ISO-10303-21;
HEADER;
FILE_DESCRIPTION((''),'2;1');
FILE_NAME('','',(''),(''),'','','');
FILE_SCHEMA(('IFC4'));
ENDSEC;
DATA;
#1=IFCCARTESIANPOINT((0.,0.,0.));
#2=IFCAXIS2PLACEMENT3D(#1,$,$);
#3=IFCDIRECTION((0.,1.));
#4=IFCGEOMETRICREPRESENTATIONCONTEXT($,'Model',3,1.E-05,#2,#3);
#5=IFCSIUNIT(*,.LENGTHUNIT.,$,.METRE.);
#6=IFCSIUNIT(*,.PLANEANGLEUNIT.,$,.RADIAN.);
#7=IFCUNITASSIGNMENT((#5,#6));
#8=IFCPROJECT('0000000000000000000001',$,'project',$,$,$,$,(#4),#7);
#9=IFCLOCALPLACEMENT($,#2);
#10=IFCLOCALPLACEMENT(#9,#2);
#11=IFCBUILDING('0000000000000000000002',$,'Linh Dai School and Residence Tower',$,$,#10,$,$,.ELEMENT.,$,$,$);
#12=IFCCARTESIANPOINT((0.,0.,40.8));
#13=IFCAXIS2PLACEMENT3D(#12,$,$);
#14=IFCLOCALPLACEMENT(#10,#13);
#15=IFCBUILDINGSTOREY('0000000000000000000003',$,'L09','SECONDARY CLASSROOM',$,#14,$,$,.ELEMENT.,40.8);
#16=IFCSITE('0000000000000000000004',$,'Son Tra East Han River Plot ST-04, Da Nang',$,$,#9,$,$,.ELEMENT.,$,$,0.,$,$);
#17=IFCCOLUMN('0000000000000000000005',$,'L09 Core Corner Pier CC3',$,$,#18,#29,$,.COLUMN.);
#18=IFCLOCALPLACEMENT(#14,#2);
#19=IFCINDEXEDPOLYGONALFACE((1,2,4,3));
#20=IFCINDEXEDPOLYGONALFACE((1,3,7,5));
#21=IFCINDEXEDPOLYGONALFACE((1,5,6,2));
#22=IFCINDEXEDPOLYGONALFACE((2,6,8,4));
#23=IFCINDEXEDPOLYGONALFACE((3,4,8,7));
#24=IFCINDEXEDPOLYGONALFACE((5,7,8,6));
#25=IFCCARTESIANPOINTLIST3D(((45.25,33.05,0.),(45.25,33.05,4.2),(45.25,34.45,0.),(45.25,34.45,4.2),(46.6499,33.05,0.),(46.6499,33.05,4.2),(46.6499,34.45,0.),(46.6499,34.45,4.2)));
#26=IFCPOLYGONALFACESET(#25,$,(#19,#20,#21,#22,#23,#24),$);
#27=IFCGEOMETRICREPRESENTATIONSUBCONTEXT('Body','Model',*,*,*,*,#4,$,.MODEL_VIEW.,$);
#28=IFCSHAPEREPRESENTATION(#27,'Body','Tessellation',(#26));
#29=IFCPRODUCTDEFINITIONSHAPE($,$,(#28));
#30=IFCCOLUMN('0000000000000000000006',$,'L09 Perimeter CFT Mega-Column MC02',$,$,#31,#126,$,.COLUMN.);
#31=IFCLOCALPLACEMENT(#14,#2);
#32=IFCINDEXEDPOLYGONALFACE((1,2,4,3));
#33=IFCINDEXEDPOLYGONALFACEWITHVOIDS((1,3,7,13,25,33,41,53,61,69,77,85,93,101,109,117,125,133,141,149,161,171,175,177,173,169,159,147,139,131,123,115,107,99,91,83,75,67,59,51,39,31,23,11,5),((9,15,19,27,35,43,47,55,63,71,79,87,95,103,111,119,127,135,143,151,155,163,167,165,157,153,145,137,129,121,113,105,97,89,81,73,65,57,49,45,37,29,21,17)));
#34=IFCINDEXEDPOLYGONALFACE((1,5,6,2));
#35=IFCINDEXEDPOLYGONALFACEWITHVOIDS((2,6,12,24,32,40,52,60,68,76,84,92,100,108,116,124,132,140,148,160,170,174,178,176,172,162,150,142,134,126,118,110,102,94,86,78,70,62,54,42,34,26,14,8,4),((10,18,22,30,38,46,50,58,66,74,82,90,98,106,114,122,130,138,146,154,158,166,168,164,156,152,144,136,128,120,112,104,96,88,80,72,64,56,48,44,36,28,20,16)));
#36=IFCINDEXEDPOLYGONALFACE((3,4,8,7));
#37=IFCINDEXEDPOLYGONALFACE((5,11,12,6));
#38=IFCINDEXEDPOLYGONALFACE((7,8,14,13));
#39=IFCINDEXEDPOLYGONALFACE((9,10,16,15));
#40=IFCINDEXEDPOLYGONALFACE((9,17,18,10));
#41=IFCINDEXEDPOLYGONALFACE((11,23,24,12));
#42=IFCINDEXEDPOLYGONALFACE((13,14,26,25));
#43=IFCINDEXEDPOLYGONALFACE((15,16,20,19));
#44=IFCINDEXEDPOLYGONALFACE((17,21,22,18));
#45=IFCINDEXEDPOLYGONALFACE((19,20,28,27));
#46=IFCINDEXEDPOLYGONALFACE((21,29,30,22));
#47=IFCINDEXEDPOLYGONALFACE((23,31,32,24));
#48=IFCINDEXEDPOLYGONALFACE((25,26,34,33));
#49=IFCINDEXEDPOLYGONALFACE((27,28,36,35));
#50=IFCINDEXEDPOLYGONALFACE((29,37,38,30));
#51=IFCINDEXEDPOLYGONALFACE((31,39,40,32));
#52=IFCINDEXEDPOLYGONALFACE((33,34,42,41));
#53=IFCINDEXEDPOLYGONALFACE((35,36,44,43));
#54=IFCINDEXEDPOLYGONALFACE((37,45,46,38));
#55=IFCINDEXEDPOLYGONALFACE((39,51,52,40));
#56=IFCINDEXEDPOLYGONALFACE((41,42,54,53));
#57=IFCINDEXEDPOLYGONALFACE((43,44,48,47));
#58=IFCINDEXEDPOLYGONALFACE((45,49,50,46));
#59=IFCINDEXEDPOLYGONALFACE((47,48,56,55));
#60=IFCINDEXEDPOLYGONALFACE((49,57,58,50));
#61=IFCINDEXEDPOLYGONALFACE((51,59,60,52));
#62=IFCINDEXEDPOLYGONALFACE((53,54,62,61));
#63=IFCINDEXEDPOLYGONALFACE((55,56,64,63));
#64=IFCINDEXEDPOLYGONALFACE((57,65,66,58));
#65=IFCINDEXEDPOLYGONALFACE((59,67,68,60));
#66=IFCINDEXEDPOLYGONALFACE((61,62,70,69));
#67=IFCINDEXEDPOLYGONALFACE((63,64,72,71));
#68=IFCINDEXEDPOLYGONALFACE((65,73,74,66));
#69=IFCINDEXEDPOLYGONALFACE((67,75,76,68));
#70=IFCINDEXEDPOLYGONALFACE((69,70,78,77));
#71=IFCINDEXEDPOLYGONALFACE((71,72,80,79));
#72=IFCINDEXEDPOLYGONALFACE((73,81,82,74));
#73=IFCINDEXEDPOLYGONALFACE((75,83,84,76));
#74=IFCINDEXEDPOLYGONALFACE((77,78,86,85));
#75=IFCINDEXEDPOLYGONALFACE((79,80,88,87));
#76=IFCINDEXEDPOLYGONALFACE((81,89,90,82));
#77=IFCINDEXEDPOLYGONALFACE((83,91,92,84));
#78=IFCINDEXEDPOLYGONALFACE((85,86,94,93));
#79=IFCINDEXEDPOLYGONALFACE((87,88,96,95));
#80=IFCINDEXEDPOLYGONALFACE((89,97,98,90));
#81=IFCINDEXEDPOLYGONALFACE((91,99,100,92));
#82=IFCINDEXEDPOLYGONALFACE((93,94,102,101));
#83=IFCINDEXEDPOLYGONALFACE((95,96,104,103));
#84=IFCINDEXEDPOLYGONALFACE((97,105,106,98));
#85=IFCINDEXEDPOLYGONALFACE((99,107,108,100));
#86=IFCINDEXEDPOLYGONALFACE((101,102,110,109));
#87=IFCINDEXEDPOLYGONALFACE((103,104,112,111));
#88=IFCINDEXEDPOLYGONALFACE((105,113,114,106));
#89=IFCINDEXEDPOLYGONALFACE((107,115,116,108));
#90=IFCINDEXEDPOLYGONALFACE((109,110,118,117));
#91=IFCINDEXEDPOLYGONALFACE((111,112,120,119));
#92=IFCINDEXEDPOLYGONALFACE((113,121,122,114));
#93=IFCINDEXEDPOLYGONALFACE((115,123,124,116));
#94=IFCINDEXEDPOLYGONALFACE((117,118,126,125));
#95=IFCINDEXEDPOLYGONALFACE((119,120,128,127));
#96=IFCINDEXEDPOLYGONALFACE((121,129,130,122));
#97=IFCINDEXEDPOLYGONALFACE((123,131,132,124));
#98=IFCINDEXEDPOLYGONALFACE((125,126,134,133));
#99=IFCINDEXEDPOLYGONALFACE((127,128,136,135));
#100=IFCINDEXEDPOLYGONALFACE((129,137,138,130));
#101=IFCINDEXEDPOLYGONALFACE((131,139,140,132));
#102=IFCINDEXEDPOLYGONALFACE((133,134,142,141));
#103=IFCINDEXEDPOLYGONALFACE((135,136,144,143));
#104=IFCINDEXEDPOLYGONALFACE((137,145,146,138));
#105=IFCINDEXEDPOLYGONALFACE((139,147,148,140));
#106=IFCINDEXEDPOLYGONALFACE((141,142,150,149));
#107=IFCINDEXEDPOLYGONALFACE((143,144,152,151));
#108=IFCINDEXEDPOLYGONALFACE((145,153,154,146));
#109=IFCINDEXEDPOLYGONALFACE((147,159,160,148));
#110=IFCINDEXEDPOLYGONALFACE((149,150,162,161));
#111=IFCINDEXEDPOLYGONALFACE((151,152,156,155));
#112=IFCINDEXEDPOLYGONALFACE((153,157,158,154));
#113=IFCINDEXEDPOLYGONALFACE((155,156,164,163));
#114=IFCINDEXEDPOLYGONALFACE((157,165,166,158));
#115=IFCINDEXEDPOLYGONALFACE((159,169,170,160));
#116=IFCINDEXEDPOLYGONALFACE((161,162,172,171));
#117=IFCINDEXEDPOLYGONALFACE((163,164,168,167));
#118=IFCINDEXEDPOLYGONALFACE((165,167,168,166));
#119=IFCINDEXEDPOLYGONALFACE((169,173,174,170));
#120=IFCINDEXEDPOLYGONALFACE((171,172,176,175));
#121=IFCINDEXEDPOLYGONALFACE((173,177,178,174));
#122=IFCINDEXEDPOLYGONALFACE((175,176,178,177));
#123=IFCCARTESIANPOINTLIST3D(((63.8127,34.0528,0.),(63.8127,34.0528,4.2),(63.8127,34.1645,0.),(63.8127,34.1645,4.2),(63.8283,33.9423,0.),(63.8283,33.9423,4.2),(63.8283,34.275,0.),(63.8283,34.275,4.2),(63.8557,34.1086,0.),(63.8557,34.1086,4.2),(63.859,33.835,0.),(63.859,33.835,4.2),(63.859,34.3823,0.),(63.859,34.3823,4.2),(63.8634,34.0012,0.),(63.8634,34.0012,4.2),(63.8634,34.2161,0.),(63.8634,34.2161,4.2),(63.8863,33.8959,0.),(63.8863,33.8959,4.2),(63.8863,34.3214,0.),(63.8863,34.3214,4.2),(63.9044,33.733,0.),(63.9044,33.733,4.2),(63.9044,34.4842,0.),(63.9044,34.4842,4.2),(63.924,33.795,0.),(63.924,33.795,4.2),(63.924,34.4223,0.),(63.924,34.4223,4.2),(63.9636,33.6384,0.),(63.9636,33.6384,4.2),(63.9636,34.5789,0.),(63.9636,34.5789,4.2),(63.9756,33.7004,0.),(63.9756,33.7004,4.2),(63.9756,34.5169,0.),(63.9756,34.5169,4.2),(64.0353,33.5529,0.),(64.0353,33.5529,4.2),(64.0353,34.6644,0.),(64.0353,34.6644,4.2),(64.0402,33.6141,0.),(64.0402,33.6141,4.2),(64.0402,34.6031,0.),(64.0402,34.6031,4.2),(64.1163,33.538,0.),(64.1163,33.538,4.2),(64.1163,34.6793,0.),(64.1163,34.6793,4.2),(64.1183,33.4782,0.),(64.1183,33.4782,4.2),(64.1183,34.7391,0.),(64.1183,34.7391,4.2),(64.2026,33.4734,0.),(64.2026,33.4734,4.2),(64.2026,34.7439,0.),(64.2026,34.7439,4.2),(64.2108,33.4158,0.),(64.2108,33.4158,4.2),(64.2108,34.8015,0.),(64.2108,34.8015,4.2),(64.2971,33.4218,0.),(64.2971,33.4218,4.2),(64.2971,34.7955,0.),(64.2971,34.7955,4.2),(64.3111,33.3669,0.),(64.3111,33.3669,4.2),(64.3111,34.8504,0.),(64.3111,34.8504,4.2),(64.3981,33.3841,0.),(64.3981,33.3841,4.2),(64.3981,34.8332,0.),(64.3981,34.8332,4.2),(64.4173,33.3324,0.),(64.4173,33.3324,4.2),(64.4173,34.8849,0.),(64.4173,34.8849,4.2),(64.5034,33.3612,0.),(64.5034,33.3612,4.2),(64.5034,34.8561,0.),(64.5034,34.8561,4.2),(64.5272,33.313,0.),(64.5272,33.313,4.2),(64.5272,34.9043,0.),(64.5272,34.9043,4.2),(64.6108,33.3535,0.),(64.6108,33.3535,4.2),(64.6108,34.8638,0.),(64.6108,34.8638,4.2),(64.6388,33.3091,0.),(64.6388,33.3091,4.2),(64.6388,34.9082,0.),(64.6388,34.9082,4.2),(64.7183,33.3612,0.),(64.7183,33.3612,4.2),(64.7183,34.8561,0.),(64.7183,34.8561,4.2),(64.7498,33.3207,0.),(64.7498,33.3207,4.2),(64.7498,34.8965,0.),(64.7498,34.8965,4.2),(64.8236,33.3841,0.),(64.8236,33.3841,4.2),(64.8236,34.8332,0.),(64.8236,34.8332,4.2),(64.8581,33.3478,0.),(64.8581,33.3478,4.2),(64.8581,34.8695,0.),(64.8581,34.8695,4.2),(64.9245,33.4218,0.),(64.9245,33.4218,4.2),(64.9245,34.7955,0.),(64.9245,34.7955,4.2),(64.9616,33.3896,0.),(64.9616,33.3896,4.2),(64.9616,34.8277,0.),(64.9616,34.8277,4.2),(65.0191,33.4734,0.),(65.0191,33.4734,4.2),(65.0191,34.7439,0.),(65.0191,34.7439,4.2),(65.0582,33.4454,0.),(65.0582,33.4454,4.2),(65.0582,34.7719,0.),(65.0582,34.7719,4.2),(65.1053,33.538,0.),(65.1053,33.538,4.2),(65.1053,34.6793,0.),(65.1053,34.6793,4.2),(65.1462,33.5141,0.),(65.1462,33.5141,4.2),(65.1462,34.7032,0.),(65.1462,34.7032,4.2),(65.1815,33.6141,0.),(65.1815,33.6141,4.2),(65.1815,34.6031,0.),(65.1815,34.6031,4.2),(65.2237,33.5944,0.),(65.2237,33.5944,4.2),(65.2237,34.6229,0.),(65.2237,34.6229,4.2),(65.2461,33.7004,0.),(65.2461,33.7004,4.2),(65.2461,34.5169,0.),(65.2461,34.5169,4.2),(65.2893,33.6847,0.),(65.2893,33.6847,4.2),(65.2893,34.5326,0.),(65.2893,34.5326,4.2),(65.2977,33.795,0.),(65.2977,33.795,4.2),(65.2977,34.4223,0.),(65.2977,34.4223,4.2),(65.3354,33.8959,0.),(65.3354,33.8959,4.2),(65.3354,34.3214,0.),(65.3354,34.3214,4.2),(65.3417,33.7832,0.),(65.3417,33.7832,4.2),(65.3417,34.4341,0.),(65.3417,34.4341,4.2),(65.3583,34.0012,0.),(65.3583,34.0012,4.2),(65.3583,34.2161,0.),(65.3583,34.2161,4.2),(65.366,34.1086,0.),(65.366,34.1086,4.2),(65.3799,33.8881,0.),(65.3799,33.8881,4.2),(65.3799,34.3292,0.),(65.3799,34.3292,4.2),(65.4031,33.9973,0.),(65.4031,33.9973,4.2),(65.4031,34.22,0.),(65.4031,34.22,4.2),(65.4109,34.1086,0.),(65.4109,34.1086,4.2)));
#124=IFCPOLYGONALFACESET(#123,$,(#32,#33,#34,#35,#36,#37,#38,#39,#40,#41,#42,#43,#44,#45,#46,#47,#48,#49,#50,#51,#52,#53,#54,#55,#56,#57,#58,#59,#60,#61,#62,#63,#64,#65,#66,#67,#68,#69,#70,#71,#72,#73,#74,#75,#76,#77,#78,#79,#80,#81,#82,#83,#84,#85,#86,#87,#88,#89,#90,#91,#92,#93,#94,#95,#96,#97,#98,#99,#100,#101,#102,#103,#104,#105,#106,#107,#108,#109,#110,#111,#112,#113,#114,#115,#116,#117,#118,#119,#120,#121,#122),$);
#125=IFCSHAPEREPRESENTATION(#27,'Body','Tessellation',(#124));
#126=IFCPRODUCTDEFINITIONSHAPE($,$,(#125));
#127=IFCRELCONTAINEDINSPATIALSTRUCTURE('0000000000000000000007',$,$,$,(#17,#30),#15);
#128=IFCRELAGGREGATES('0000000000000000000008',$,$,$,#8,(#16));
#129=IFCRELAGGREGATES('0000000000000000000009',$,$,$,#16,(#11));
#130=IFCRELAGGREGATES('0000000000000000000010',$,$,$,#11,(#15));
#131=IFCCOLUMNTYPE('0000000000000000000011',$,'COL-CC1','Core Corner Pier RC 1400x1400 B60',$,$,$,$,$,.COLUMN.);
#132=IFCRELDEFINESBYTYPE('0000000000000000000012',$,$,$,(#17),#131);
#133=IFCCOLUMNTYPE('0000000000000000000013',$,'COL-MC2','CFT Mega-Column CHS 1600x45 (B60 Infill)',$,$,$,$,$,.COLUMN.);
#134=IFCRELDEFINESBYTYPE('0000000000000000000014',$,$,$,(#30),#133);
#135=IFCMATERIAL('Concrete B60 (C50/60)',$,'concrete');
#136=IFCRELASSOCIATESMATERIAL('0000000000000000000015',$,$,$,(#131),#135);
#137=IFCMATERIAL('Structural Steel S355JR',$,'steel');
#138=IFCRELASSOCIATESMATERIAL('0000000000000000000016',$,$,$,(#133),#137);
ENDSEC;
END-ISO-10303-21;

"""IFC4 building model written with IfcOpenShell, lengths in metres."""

from ifc_helpers import new_model, si_unit, direction, frame, origin, origin_2d, place, context, subcontext, project, spatial, rectangle, hollow_circle, extrude, material, material_profile, profile_set, type_object, element, save


model = new_model("IFC4")

# Units and contexts
model_context = context("Model", 3, precision=1e-05, world=origin(), true_north=direction((0.0, 1.0)))
body_context = subcontext(model_context, "Body", "Model", "MODEL_VIEW")
ifc_project = project(units=[si_unit("LENGTHUNIT", "METRE"), si_unit("PLANEANGLEUNIT", "RADIAN")], contexts=[model_context])

# Site, building, storey
site_placement = place(None, origin())
site = spatial("IfcSite", under=ifc_project, at=site_placement, Name="Son Tra East Han River Plot ST-04, Da Nang", CompositionType="ELEMENT", RefElevation=0.0)
building_placement = place(site_placement, origin())
building = spatial("IfcBuilding", under=site, at=building_placement, Name="Linh Dai School and Residence Tower", CompositionType="ELEMENT")
storey_placement = place(building_placement, frame((0.0, 0.0, 40.8)))
storey = spatial("IfcBuildingStorey", under=building, at=storey_placement, Name="L09", Description="SECONDARY CLASSROOM", CompositionType="ELEMENT", Elevation=40.8)

# Columns
ifc_material_1 = material(Name="Concrete B60 (C50/60)", Category="concrete")
ifc_material_profile_1 = material_profile(ifc_material_1, rectangle(XDim=1.3999, YDim=1.3999, at=origin_2d()), Name="RC 1400x1400")
ifc_profile_set_1 = profile_set([ifc_material_profile_1], Name="Concrete B60 (C50/60)")
column_type_1 = type_object("IfcColumnType", Name="COL-CC1", Description="Core Corner Pier RC 1400x1400 B60", PredefinedType="COLUMN", material=ifc_profile_set_1)
column_placement = place(storey_placement, frame((45.95, 33.75, 0.0), z_axis=(0.0, 0.0, 1.0), x_axis=(1.0, 0.0, 0.0)))
element("IfcColumn", 1, at=column_placement, inside=storey, type_object=column_type_1, Name="L09 Core Corner Pier CC3", PredefinedType="COLUMN", context=body_context, shape_type="SweptSolid", body=[
    extrude(rectangle(XDim=1.3999, YDim=1.3999, at=origin_2d()), origin(), (0.0, 0.0, 1.0), 4.2),
])
ifc_material_2 = material(Name="Structural Steel S355JR", Category="steel")
ifc_material_profile_2 = material_profile(ifc_material_2, hollow_circle(Radius=0.8, WallThickness=0.0449, at=origin_2d()), Name="CHS 1600x45")
ifc_profile_set_2 = profile_set([ifc_material_profile_2], Name="Structural Steel S355JR")
column_type_2 = type_object("IfcColumnType", Name="COL-MC2", Description="CFT Mega-Column CHS 1600x45 (B60 Infill)", PredefinedType="COLUMN", material=ifc_profile_set_2)
for number, where, z_axis, x_axis, name in (
    (2, (64.6108, 34.1086, 0.0), (0.0, 0.0, 1.0), (1.0, 0.0, 0.0), "L09 Perimeter CFT Mega-Column MC02"),
):
    element("IfcColumn", number, at=place(storey_placement, frame(where, z_axis=z_axis, x_axis=x_axis)), inside=storey, type_object=column_type_2, Name=name, PredefinedType="COLUMN", context=body_context, shape_type="SweptSolid", body=[
        extrude(hollow_circle(Radius=0.8, WallThickness=0.0449, at=origin_2d()), origin(), (0.0, 0.0, 1.0), 4.2),
    ])

save(model, "model.ifc")
